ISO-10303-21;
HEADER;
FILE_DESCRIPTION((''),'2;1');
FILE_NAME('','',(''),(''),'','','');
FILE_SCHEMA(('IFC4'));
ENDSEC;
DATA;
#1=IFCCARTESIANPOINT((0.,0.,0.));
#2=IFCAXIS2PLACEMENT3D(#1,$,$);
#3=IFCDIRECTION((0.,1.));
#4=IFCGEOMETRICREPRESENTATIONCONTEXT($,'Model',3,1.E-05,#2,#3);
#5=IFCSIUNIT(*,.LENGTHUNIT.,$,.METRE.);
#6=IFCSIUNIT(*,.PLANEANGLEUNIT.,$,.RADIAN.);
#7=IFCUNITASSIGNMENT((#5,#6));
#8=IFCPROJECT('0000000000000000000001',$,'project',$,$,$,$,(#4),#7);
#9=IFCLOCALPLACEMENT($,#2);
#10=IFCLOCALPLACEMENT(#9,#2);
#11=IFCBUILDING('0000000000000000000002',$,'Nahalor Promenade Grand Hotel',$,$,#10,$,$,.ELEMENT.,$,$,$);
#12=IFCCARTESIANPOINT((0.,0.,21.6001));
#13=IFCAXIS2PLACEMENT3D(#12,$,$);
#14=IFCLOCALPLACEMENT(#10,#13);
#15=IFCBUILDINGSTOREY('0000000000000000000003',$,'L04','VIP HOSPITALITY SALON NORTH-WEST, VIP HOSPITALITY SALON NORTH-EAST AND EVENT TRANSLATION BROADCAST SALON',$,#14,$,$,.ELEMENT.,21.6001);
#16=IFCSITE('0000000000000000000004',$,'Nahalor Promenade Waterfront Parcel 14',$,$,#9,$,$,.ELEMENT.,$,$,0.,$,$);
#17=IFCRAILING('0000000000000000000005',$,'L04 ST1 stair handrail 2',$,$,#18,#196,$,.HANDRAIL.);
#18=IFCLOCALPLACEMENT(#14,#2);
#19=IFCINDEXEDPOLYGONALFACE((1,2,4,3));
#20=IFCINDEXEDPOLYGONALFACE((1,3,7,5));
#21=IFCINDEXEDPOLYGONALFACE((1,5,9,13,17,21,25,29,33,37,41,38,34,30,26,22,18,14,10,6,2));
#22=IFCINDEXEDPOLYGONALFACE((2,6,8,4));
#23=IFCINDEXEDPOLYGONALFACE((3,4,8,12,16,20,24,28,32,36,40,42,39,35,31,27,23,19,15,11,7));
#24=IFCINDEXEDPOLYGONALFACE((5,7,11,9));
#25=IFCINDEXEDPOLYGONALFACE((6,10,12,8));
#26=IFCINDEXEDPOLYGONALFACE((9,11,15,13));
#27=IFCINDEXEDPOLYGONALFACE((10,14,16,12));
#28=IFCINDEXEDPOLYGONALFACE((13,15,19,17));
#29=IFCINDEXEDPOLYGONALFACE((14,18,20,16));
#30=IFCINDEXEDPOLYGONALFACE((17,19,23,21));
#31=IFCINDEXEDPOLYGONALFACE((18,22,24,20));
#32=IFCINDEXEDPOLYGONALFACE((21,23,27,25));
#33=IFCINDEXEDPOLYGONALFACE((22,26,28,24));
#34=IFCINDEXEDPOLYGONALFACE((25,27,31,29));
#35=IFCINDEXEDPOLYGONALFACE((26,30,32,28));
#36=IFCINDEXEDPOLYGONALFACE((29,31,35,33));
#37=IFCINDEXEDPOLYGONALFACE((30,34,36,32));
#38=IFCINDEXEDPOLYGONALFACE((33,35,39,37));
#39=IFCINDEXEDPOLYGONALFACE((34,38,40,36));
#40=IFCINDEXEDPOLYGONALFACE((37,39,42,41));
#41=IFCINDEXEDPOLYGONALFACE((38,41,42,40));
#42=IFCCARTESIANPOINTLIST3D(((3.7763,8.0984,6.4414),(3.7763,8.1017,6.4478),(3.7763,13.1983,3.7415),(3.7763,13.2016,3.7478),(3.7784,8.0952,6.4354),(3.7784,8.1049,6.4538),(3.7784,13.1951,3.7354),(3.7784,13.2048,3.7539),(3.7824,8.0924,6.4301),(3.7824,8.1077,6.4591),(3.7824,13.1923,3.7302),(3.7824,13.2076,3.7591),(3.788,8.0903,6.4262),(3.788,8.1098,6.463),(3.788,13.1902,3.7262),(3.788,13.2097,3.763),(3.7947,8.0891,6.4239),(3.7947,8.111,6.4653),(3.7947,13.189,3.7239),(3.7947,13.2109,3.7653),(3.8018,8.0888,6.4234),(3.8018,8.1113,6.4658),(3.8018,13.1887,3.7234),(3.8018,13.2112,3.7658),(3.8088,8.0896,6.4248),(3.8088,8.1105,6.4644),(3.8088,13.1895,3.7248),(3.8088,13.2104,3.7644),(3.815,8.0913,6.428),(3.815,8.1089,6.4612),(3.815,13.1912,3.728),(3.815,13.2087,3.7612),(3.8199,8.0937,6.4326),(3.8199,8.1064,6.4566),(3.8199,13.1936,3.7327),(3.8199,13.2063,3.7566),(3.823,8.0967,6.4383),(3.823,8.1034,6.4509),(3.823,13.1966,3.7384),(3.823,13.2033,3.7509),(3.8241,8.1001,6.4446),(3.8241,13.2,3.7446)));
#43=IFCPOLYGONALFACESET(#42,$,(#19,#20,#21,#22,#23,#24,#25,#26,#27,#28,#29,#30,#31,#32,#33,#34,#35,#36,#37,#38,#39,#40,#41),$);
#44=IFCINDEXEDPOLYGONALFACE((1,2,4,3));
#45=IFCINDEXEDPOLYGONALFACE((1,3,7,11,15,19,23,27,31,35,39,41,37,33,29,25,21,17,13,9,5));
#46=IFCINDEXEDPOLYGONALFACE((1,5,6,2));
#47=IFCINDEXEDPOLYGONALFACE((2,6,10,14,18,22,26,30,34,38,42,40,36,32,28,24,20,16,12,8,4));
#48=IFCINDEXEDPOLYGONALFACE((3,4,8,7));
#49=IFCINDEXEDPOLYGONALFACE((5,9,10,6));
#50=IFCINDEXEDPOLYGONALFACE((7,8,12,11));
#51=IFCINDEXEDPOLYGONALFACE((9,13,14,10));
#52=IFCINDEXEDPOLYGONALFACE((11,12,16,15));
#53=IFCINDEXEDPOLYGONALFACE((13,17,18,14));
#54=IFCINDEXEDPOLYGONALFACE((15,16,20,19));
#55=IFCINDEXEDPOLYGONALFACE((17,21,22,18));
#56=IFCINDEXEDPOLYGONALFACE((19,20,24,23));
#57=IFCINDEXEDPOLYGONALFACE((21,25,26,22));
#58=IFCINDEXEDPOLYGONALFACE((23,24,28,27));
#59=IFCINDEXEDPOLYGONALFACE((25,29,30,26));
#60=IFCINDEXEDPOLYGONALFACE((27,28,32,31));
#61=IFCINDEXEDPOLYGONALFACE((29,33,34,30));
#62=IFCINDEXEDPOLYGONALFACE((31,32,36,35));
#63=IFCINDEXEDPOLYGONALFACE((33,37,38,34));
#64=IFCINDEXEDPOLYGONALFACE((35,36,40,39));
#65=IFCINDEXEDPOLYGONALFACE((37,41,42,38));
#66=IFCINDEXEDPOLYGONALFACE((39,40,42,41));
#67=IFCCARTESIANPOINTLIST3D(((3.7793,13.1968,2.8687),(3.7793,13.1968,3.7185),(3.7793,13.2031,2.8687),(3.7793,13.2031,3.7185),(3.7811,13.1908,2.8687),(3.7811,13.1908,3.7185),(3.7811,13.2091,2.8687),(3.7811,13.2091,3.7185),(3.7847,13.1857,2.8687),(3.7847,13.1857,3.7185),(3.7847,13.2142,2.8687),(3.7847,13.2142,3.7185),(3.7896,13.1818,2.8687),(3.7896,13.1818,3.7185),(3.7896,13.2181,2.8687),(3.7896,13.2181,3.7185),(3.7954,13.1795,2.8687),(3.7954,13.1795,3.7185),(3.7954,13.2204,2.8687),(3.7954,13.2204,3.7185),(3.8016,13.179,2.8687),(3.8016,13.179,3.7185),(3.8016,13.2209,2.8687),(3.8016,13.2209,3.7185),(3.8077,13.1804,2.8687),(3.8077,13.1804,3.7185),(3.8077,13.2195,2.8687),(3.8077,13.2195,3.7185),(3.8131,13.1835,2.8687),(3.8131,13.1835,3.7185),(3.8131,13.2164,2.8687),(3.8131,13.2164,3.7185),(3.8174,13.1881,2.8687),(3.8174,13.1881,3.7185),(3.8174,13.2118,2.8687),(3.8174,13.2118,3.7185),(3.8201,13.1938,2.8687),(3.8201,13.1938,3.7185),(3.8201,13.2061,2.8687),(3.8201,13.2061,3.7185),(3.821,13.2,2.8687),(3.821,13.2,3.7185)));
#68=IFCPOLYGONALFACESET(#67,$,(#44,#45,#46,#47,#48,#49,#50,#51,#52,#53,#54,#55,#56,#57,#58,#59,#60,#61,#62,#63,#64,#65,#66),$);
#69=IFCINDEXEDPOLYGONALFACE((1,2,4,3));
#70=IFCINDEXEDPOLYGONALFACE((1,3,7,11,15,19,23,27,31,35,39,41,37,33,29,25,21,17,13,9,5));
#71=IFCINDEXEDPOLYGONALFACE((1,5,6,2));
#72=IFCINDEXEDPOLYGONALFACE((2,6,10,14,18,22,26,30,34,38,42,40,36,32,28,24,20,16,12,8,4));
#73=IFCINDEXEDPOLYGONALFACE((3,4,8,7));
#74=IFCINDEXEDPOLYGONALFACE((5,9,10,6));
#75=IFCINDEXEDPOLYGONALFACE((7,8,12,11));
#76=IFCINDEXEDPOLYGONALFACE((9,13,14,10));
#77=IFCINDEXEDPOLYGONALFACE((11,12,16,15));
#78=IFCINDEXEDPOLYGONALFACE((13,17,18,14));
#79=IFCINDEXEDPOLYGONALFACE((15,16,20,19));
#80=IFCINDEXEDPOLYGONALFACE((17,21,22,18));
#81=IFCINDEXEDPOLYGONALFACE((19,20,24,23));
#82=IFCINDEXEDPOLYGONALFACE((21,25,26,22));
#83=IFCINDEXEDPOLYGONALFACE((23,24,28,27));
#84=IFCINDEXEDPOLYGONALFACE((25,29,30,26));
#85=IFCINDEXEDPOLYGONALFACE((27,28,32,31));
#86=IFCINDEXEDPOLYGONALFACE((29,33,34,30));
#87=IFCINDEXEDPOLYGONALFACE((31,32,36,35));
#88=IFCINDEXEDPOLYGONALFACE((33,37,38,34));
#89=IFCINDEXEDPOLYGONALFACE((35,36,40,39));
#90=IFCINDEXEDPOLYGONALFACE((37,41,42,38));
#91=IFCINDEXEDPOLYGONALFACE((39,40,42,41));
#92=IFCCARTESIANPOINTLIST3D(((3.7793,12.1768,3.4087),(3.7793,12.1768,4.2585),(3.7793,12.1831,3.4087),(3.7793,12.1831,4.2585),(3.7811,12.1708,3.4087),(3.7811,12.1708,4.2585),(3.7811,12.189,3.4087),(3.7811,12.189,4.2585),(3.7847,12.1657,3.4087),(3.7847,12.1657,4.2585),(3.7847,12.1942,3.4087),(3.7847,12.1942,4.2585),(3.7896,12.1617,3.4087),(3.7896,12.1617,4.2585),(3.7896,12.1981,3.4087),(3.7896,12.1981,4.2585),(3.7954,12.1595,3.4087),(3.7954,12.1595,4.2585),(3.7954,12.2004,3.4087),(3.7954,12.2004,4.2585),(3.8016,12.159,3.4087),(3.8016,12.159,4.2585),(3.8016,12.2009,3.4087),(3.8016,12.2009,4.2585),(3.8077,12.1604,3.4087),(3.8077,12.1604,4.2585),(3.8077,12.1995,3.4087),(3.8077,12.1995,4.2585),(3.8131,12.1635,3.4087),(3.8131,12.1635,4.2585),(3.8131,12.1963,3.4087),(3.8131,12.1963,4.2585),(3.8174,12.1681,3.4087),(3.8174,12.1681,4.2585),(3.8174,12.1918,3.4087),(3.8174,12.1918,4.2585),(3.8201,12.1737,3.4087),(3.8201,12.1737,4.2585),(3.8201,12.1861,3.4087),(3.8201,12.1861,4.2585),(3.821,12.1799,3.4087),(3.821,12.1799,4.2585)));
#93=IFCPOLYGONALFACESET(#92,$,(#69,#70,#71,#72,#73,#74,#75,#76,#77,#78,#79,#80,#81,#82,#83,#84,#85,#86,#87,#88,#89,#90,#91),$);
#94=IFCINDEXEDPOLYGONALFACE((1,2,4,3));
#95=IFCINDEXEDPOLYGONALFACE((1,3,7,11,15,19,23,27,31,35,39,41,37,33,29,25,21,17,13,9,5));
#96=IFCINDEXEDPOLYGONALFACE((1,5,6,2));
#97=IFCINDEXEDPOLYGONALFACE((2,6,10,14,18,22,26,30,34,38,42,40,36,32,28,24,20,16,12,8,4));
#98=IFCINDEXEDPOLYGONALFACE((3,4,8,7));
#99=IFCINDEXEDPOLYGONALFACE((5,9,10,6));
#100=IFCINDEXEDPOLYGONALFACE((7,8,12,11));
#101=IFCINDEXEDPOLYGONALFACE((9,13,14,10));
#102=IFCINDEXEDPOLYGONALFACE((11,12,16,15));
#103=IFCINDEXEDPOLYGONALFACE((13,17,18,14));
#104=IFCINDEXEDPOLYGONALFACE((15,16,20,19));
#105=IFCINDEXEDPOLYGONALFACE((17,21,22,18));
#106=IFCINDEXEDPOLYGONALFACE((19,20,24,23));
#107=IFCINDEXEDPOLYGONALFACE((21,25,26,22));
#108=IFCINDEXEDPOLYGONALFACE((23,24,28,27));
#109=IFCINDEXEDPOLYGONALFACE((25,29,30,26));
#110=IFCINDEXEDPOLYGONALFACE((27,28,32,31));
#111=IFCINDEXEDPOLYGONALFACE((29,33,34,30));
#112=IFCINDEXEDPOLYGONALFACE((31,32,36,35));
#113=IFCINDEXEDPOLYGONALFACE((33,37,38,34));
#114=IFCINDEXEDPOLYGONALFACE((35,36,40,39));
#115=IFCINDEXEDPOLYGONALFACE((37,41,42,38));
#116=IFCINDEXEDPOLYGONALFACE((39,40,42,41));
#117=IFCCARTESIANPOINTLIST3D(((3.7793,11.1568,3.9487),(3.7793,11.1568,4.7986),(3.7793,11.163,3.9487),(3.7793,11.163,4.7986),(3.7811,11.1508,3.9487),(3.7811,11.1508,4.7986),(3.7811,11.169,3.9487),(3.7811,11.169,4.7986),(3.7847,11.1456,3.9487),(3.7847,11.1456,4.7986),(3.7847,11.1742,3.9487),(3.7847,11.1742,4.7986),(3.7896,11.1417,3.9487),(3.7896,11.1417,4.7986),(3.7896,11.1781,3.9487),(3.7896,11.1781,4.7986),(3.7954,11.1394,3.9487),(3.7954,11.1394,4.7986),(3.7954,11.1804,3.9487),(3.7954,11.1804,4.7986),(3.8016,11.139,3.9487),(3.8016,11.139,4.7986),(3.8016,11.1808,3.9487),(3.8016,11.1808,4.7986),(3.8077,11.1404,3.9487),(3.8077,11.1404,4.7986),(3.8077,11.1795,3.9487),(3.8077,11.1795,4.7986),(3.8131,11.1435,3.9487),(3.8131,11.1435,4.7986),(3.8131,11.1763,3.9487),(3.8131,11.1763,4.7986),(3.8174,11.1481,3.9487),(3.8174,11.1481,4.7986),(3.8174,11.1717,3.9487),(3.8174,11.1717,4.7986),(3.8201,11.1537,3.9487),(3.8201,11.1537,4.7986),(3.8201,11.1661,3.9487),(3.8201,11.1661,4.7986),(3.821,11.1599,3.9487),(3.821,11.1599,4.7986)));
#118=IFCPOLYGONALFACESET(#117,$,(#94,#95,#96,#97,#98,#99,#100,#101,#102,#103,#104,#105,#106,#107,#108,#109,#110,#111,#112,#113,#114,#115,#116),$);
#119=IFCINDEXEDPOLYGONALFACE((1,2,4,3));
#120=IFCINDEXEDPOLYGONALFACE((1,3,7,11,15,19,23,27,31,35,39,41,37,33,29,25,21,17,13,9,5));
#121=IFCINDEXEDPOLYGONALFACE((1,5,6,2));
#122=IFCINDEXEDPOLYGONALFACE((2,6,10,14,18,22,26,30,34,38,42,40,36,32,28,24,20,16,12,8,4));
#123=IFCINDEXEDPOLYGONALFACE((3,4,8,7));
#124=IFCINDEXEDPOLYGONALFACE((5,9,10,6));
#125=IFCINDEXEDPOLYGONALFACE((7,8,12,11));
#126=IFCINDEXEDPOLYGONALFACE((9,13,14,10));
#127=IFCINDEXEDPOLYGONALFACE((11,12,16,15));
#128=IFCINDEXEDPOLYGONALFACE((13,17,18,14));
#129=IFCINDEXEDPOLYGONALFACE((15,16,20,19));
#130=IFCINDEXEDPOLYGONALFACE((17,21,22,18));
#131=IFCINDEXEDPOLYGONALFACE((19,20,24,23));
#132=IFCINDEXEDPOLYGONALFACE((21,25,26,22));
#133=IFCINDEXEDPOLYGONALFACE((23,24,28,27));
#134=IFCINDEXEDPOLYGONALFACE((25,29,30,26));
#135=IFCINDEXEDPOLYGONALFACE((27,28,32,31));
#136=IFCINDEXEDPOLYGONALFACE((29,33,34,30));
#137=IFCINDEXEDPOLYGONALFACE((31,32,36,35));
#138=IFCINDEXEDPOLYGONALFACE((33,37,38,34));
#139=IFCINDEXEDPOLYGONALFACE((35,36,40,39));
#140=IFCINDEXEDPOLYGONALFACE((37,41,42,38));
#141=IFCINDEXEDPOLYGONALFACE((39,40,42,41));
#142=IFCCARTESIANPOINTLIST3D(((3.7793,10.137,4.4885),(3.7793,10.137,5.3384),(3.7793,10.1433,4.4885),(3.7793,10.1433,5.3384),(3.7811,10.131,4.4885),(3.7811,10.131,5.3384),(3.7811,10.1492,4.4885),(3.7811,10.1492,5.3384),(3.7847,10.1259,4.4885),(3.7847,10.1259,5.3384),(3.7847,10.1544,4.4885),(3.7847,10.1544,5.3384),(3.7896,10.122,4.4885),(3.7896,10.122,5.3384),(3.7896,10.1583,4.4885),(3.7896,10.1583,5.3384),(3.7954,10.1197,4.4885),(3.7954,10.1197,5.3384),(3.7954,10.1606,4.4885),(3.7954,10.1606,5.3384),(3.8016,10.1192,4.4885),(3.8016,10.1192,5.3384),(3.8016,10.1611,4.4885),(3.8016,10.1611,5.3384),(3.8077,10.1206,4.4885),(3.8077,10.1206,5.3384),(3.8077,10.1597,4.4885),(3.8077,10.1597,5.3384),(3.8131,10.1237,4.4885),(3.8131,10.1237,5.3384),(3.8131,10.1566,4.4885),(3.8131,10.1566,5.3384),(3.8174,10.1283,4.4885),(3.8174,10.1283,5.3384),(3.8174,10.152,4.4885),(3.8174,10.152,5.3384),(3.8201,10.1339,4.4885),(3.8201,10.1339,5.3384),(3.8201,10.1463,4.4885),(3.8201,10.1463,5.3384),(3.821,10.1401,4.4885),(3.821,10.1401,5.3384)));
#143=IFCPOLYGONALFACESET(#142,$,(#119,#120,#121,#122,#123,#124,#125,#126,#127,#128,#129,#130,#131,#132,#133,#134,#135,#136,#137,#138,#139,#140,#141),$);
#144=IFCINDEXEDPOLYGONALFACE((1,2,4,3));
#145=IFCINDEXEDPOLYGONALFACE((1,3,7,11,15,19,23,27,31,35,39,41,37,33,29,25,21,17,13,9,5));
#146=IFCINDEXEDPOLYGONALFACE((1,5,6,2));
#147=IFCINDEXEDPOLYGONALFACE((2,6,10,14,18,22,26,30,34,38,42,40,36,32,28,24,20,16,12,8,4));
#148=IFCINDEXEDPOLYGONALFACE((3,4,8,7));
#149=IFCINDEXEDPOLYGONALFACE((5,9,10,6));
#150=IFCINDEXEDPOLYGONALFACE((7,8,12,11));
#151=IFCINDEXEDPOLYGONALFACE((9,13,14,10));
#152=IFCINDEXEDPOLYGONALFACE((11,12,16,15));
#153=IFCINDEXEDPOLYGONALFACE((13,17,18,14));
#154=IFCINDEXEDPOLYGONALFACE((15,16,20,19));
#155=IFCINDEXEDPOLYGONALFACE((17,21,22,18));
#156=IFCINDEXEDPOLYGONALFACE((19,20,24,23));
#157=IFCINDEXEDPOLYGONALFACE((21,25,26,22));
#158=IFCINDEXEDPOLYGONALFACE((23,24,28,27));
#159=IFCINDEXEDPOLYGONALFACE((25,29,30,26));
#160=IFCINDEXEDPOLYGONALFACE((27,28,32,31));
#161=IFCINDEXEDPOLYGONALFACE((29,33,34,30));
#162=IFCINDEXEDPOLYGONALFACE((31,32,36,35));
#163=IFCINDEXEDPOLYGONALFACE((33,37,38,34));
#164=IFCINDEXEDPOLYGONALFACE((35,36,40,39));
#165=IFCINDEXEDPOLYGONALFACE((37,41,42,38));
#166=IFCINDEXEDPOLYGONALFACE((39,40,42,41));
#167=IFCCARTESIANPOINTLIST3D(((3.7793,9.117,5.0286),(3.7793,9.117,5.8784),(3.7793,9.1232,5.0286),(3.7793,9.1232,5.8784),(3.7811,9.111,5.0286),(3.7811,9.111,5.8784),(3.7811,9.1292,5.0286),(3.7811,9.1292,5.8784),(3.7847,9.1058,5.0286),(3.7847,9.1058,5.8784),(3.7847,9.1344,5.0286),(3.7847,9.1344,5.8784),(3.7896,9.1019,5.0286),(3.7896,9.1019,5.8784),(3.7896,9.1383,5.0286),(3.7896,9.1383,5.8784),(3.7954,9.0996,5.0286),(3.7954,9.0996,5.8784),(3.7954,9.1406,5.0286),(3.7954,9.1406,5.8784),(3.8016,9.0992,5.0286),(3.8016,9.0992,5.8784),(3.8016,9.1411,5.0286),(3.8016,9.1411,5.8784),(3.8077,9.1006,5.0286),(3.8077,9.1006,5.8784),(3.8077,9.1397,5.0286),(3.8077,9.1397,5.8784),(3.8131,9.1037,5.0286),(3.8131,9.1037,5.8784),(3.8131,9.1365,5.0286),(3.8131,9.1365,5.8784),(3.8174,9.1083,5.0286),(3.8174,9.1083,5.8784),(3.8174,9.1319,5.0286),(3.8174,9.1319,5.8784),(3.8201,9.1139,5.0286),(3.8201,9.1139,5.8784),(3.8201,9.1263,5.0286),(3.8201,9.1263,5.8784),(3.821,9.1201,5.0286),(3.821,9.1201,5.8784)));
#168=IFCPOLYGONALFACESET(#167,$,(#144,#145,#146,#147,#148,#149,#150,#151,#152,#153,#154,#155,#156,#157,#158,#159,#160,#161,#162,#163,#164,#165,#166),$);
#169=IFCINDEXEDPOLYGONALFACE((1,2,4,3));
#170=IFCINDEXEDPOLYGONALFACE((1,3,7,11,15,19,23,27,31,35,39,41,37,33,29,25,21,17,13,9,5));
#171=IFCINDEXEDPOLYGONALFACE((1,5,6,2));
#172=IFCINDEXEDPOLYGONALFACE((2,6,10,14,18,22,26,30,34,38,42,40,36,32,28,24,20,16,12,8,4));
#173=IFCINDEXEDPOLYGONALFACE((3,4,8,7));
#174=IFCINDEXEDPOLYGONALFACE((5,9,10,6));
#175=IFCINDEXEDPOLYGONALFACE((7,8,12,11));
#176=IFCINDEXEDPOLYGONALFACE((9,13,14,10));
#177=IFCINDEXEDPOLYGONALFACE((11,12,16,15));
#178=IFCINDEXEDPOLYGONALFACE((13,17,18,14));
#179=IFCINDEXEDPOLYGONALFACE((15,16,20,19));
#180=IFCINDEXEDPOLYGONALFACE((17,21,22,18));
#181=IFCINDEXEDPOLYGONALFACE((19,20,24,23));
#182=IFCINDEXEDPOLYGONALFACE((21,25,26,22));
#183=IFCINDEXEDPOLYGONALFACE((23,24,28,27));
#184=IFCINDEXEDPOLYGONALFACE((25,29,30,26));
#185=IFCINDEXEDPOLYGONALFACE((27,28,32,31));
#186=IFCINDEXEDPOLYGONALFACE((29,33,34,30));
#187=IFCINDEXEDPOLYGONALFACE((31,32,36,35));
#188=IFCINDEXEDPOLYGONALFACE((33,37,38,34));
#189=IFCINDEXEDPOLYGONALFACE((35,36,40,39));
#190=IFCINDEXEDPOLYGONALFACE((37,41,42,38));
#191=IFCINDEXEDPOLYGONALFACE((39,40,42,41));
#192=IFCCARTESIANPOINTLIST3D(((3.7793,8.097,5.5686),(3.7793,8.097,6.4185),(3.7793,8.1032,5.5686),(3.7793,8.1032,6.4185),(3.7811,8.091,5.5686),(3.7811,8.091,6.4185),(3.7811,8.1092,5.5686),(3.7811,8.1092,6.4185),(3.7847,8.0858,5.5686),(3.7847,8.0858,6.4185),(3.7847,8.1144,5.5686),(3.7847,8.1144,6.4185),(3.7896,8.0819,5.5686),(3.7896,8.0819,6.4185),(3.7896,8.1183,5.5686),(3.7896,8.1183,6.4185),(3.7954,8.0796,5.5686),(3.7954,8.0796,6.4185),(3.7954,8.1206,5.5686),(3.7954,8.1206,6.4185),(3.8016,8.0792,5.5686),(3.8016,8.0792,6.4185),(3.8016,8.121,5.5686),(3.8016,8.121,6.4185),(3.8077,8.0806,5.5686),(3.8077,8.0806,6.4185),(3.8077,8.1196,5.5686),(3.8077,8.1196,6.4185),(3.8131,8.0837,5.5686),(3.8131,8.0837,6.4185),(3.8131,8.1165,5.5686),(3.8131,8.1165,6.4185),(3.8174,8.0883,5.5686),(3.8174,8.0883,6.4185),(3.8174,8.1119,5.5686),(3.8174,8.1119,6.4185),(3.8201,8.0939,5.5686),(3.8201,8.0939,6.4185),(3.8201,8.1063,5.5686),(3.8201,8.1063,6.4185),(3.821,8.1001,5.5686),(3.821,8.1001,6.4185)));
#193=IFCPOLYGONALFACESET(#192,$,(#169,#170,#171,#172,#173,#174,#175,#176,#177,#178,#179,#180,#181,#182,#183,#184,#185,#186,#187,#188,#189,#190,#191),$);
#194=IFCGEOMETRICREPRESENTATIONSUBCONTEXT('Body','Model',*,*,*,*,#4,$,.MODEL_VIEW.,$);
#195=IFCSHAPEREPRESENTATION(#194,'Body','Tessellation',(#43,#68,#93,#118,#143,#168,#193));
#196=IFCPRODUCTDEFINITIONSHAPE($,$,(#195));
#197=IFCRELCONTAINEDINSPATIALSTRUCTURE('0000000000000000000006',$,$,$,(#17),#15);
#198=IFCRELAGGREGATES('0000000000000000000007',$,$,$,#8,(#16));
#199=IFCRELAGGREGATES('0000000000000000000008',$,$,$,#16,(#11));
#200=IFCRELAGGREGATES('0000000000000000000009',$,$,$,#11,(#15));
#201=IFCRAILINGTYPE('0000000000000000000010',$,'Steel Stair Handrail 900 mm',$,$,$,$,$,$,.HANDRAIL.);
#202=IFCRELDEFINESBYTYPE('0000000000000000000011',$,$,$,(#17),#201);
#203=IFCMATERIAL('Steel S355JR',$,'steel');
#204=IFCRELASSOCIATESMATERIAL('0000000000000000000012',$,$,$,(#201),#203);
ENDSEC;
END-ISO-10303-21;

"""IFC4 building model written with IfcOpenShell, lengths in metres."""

from ifc_helpers import new_model, si_unit, direction, frame, origin, origin_2d, place, context, subcontext, project, spatial, circle, extrude, material, type_object, element, save


model = new_model("IFC4")

# Units and contexts
model_context = context("Model", 3, precision=1e-05, world=origin(), true_north=direction((0.0, 1.0)))
body_context = subcontext(model_context, "Body", "Model", "MODEL_VIEW")
ifc_project = project(units=[si_unit("LENGTHUNIT", "METRE"), si_unit("PLANEANGLEUNIT", "RADIAN")], contexts=[model_context])

# Site, building, storey
site_placement = place(None, origin())
site = spatial("IfcSite", under=ifc_project, at=site_placement, Name="Nahalor Promenade Waterfront Parcel 14", CompositionType="ELEMENT", RefElevation=0.0)
building_placement = place(site_placement, origin())
building = spatial("IfcBuilding", under=site, at=building_placement, Name="Nahalor Promenade Grand Hotel", CompositionType="ELEMENT")
storey_placement = place(building_placement, frame((0.0, 0.0, 21.6001)))
storey = spatial("IfcBuildingStorey", under=building, at=storey_placement, Name="L04", Description="VIP HOSPITALITY SALON NORTH-WEST, VIP HOSPITALITY SALON NORTH-EAST AND EVENT TRANSLATION BROADCAST SALON", CompositionType="ELEMENT", Elevation=21.6001)

# Shared definitions
ifc_material_1 = material(Name="Steel S355JR", Category="steel")

# Railing
railing_type_1 = type_object("IfcRailingType", Name="Steel Stair Handrail 900 mm", PredefinedType="HANDRAIL", material=ifc_material_1)
railing_1_placement = place(storey_placement, frame((3.8, 13.2, 2.8687)))
element("IfcRailing", 1, at=railing_1_placement, inside=storey, type_object=railing_type_1, Name="L04 ST1 stair handrail 2", PredefinedType="HANDRAIL", context=body_context, shape_type="SweptSolid", body=[
    extrude(circle(Radius=0.024, at=origin_2d()), frame((0.0, 0.0, 0.876), z_axis=(0.0, -0.883786, 0.467892), x_axis=(1.0, 0.0, 0.0)), (0.0, 0.0, 1.0), 5.7705),
    extrude(circle(Radius=0.021, at=origin_2d()), origin(), (0.0, 0.0, 1.0), 0.8499),
    extrude(circle(Radius=0.021, at=origin_2d()), frame((0.0, -1.02, 0.54)), (0.0, 0.0, 1.0), 0.8499),
    extrude(circle(Radius=0.021, at=origin_2d()), frame((0.0, -2.04, 1.0801)), (0.0, 0.0, 1.0), 0.8499),
    extrude(circle(Radius=0.021, at=origin_2d()), frame((0.0, -3.0598, 1.6199)), (0.0, 0.0, 1.0), 0.8499),
    extrude(circle(Radius=0.021, at=origin_2d()), frame((0.0, -4.0798, 2.1599)), (0.0, 0.0, 1.0), 0.8499),
    extrude(circle(Radius=0.021, at=origin_2d()), frame((0.0, -5.0999, 2.7)), (0.0, 0.0, 1.0), 0.8499),
])

save(model, "model.ifc")
